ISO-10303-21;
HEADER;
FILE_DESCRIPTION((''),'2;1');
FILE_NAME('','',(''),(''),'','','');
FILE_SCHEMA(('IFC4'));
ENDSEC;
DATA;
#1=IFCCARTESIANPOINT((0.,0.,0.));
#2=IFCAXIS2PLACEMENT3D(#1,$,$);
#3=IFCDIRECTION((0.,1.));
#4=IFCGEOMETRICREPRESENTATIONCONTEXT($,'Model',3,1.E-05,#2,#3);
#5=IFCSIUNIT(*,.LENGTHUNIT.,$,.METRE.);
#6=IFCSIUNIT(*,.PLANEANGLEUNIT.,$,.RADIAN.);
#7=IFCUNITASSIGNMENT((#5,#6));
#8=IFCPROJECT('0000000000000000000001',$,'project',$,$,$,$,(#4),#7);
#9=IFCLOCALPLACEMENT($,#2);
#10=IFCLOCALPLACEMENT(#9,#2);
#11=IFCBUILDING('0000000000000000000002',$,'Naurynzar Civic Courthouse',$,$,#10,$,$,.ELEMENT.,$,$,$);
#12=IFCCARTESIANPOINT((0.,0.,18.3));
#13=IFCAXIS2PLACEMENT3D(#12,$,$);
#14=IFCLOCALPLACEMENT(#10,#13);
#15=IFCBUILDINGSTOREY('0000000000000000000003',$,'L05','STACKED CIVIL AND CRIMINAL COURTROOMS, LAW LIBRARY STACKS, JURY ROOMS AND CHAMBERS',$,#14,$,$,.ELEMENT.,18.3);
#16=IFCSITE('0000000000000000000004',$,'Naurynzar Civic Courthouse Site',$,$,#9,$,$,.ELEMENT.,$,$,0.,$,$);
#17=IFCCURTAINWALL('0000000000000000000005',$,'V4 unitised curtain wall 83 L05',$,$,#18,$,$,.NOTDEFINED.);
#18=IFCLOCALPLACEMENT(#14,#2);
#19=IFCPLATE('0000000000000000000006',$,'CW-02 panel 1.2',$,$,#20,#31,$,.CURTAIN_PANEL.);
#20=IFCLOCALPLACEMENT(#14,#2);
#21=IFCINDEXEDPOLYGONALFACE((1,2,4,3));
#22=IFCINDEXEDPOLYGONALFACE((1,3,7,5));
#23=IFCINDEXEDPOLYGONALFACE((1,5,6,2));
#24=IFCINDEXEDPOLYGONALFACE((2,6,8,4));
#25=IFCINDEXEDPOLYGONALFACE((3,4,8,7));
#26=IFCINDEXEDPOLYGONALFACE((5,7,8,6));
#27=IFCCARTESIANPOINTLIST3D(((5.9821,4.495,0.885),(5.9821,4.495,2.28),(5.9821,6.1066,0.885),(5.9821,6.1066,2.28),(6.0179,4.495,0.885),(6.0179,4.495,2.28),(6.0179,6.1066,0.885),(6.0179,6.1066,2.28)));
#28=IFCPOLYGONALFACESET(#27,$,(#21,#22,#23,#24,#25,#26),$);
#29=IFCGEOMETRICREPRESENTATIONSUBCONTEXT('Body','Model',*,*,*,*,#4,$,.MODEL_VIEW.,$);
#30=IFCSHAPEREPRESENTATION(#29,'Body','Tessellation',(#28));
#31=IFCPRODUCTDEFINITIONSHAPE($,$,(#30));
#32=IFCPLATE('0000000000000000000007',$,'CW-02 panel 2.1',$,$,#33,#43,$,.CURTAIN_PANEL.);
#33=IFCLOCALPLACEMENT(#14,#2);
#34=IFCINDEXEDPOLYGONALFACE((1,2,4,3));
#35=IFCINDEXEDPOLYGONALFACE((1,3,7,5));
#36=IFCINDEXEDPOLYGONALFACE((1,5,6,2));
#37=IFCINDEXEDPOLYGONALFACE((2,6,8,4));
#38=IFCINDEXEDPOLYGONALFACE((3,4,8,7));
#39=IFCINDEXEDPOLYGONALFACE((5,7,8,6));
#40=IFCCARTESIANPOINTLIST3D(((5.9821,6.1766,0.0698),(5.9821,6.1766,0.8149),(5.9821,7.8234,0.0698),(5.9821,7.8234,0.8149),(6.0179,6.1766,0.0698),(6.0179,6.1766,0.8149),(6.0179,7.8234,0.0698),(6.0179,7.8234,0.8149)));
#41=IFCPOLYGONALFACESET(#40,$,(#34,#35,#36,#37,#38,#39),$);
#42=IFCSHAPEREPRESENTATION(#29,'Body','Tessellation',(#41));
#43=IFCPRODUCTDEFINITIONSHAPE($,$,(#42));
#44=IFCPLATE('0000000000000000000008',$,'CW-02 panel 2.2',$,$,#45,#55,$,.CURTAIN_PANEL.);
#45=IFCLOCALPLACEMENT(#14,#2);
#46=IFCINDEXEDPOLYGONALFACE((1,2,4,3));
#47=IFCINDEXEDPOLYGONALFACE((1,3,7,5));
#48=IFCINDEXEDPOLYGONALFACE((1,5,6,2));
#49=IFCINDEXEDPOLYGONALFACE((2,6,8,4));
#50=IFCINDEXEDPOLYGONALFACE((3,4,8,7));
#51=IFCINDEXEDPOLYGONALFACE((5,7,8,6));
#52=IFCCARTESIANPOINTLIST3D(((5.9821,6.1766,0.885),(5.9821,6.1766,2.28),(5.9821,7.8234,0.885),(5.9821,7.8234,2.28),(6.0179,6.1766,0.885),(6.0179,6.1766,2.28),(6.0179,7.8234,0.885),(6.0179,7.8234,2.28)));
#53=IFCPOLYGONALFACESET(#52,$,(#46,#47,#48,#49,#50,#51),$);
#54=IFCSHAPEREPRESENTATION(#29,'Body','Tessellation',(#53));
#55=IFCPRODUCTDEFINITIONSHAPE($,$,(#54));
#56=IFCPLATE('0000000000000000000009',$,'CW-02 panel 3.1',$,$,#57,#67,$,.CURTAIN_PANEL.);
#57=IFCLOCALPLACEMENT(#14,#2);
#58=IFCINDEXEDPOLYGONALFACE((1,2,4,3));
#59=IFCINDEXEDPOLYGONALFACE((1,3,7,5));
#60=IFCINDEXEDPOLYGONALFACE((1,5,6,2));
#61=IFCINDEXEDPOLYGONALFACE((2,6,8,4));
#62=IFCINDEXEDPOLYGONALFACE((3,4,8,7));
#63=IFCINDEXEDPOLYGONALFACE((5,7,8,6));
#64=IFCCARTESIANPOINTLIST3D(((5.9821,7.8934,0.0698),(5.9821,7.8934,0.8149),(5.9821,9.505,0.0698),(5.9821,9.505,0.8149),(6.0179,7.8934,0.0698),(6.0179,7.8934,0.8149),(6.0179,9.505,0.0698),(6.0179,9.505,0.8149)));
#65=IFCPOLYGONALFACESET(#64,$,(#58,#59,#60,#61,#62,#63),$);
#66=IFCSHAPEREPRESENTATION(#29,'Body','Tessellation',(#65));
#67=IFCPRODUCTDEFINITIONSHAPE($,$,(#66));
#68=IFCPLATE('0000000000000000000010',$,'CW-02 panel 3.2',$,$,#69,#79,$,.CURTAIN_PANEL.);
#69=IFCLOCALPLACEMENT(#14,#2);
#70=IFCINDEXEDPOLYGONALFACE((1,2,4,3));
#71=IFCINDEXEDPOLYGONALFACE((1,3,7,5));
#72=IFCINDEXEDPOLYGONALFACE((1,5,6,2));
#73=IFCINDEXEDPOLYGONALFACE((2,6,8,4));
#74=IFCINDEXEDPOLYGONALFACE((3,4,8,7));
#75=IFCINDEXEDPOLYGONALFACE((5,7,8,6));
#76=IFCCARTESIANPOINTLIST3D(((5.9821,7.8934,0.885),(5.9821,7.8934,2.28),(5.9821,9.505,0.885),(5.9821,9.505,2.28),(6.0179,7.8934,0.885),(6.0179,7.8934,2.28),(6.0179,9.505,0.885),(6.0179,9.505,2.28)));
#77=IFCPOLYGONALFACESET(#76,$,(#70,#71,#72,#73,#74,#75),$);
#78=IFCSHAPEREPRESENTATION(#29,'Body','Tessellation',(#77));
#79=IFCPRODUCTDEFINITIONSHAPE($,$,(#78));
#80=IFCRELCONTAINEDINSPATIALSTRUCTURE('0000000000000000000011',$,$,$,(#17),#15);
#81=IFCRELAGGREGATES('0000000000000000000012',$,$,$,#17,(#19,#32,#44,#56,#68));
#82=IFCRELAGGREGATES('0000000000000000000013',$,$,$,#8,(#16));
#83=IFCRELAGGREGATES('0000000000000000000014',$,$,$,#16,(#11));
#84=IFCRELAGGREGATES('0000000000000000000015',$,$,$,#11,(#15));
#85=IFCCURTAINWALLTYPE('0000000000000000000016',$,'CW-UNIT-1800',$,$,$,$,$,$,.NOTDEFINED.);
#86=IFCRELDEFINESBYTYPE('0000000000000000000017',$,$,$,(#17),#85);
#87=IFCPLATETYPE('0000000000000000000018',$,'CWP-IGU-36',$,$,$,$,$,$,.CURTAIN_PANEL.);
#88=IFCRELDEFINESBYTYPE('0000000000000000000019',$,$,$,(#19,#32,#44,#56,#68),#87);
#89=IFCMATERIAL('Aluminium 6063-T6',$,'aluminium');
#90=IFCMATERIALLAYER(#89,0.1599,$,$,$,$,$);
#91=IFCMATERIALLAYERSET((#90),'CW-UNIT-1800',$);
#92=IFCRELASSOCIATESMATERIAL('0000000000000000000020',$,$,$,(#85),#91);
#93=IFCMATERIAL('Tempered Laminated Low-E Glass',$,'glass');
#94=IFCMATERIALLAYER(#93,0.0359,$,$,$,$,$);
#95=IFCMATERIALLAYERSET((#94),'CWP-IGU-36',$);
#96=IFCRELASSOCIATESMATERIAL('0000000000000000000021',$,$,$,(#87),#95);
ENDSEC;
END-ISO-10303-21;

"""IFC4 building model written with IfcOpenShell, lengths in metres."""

from ifc_helpers import new_model, si_unit, direction, frame, origin, origin_2d, place, context, subcontext, project, spatial, rectangle, extrude, material, layer, layer_set, type_object, element, aggregate, save


model = new_model("IFC4")

# Units and contexts
model_context = context("Model", 3, precision=1e-05, world=origin(), true_north=direction((0.0, 1.0)))
body_context = subcontext(model_context, "Body", "Model", "MODEL_VIEW")
ifc_project = project(units=[si_unit("LENGTHUNIT", "METRE"), si_unit("PLANEANGLEUNIT", "RADIAN")], contexts=[model_context])

# Site, building, storey
site_placement = place(None, origin())
site = spatial("IfcSite", under=ifc_project, at=site_placement, Name="Naurynzar Civic Courthouse Site", CompositionType="ELEMENT", RefElevation=0.0)
building_placement = place(site_placement, origin())
building = spatial("IfcBuilding", under=site, at=building_placement, Name="Naurynzar Civic Courthouse", CompositionType="ELEMENT")
storey_placement = place(building_placement, frame((0.0, 0.0, 18.3)))
storey = spatial("IfcBuildingStorey", under=building, at=storey_placement, Name="L05", Description="STACKED CIVIL AND CRIMINAL COURTROOMS, LAW LIBRARY STACKS, JURY ROOMS AND CHAMBERS", CompositionType="ELEMENT", Elevation=18.3)

# Curtain wall, plates
ifc_material_1 = material(Name="Aluminium 6063-T6", Category="aluminium")
ifc_layer_1 = layer(ifc_material_1, 0.1599)
ifc_layer_set_1 = layer_set([ifc_layer_1], Name="CW-UNIT-1800")
curtain_wall_type = type_object("IfcCurtainWallType", Name="CW-UNIT-1800", PredefinedType="NOTDEFINED", material=ifc_layer_set_1)
curtain_wall_placement = place(storey_placement, origin())
curtain_wall = element("IfcCurtainWall", 1, at=curtain_wall_placement, inside=storey, type_object=curtain_wall_type, Name="V4 unitised curtain wall 83 L05", PredefinedType="NOTDEFINED")
ifc_material_2 = material(Name="Tempered Laminated Low-E Glass", Category="glass")
ifc_layer_2 = layer(ifc_material_2, 0.0359)
ifc_layer_set_2 = layer_set([ifc_layer_2], Name="CWP-IGU-36")
plate_type = type_object("IfcPlateType", Name="CWP-IGU-36", PredefinedType="CURTAIN_PANEL", material=ifc_layer_set_2)
plate_1_placement = place(storey_placement, frame((6.0, 5.3008, 0.885), z_axis=(0.0, 0.0, 1.0), x_axis=(0.0, 1.0, 0.0)))
plate_1 = element("IfcPlate", 2, at=plate_1_placement, type_object=plate_type, Name="CW-02 panel 1.2", PredefinedType="CURTAIN_PANEL", context=body_context, shape_type="SweptSolid", body=[
    extrude(rectangle(XDim=1.6116, YDim=0.0359, at=origin_2d()), origin(), (0.0, 0.0, 1.0), 1.395),
])
plate_2_placement = place(storey_placement, frame((6.0, 7.0, 0.0698), z_axis=(0.0, 0.0, 1.0), x_axis=(0.0, 1.0, 0.0)))
plate_2 = element("IfcPlate", 3, at=plate_2_placement, type_object=plate_type, Name="CW-02 panel 2.1", PredefinedType="CURTAIN_PANEL", context=body_context, shape_type="SweptSolid", body=[
    extrude(rectangle(XDim=1.6467, YDim=0.0359, at=origin_2d()), origin(), (0.0, 0.0, 1.0), 0.7451),
])
plate_3_placement = place(storey_placement, frame((6.0, 7.0, 0.885), z_axis=(0.0, 0.0, 1.0), x_axis=(0.0, 1.0, 0.0)))
plate_3 = element("IfcPlate", 4, at=plate_3_placement, type_object=plate_type, Name="CW-02 panel 2.2", PredefinedType="CURTAIN_PANEL", context=body_context, shape_type="SweptSolid", body=[
    extrude(rectangle(XDim=1.6467, YDim=0.0359, at=origin_2d()), origin(), (0.0, 0.0, 1.0), 1.395),
])
plate_4_placement = place(storey_placement, frame((6.0, 8.6992, 0.0698), z_axis=(0.0, 0.0, 1.0), x_axis=(0.0, 1.0, 0.0)))
plate_4 = element("IfcPlate", 5, at=plate_4_placement, type_object=plate_type, Name="CW-02 panel 3.1", PredefinedType="CURTAIN_PANEL", context=body_context, shape_type="SweptSolid", body=[
    extrude(rectangle(XDim=1.6116, YDim=0.0359, at=origin_2d()), origin(), (0.0, 0.0, 1.0), 0.7451),
])
plate_5_placement = place(storey_placement, frame((6.0, 8.6992, 0.885), z_axis=(0.0, 0.0, 1.0), x_axis=(0.0, 1.0, 0.0)))
plate_5 = element("IfcPlate", 6, at=plate_5_placement, type_object=plate_type, Name="CW-02 panel 3.2", PredefinedType="CURTAIN_PANEL", context=body_context, shape_type="SweptSolid", body=[
    extrude(rectangle(XDim=1.6116, YDim=0.0359, at=origin_2d()), origin(), (0.0, 0.0, 1.0), 1.395),
])
aggregate(curtain_wall, [plate_1, plate_2, plate_3, plate_4, plate_5])

save(model, "model.ifc")
